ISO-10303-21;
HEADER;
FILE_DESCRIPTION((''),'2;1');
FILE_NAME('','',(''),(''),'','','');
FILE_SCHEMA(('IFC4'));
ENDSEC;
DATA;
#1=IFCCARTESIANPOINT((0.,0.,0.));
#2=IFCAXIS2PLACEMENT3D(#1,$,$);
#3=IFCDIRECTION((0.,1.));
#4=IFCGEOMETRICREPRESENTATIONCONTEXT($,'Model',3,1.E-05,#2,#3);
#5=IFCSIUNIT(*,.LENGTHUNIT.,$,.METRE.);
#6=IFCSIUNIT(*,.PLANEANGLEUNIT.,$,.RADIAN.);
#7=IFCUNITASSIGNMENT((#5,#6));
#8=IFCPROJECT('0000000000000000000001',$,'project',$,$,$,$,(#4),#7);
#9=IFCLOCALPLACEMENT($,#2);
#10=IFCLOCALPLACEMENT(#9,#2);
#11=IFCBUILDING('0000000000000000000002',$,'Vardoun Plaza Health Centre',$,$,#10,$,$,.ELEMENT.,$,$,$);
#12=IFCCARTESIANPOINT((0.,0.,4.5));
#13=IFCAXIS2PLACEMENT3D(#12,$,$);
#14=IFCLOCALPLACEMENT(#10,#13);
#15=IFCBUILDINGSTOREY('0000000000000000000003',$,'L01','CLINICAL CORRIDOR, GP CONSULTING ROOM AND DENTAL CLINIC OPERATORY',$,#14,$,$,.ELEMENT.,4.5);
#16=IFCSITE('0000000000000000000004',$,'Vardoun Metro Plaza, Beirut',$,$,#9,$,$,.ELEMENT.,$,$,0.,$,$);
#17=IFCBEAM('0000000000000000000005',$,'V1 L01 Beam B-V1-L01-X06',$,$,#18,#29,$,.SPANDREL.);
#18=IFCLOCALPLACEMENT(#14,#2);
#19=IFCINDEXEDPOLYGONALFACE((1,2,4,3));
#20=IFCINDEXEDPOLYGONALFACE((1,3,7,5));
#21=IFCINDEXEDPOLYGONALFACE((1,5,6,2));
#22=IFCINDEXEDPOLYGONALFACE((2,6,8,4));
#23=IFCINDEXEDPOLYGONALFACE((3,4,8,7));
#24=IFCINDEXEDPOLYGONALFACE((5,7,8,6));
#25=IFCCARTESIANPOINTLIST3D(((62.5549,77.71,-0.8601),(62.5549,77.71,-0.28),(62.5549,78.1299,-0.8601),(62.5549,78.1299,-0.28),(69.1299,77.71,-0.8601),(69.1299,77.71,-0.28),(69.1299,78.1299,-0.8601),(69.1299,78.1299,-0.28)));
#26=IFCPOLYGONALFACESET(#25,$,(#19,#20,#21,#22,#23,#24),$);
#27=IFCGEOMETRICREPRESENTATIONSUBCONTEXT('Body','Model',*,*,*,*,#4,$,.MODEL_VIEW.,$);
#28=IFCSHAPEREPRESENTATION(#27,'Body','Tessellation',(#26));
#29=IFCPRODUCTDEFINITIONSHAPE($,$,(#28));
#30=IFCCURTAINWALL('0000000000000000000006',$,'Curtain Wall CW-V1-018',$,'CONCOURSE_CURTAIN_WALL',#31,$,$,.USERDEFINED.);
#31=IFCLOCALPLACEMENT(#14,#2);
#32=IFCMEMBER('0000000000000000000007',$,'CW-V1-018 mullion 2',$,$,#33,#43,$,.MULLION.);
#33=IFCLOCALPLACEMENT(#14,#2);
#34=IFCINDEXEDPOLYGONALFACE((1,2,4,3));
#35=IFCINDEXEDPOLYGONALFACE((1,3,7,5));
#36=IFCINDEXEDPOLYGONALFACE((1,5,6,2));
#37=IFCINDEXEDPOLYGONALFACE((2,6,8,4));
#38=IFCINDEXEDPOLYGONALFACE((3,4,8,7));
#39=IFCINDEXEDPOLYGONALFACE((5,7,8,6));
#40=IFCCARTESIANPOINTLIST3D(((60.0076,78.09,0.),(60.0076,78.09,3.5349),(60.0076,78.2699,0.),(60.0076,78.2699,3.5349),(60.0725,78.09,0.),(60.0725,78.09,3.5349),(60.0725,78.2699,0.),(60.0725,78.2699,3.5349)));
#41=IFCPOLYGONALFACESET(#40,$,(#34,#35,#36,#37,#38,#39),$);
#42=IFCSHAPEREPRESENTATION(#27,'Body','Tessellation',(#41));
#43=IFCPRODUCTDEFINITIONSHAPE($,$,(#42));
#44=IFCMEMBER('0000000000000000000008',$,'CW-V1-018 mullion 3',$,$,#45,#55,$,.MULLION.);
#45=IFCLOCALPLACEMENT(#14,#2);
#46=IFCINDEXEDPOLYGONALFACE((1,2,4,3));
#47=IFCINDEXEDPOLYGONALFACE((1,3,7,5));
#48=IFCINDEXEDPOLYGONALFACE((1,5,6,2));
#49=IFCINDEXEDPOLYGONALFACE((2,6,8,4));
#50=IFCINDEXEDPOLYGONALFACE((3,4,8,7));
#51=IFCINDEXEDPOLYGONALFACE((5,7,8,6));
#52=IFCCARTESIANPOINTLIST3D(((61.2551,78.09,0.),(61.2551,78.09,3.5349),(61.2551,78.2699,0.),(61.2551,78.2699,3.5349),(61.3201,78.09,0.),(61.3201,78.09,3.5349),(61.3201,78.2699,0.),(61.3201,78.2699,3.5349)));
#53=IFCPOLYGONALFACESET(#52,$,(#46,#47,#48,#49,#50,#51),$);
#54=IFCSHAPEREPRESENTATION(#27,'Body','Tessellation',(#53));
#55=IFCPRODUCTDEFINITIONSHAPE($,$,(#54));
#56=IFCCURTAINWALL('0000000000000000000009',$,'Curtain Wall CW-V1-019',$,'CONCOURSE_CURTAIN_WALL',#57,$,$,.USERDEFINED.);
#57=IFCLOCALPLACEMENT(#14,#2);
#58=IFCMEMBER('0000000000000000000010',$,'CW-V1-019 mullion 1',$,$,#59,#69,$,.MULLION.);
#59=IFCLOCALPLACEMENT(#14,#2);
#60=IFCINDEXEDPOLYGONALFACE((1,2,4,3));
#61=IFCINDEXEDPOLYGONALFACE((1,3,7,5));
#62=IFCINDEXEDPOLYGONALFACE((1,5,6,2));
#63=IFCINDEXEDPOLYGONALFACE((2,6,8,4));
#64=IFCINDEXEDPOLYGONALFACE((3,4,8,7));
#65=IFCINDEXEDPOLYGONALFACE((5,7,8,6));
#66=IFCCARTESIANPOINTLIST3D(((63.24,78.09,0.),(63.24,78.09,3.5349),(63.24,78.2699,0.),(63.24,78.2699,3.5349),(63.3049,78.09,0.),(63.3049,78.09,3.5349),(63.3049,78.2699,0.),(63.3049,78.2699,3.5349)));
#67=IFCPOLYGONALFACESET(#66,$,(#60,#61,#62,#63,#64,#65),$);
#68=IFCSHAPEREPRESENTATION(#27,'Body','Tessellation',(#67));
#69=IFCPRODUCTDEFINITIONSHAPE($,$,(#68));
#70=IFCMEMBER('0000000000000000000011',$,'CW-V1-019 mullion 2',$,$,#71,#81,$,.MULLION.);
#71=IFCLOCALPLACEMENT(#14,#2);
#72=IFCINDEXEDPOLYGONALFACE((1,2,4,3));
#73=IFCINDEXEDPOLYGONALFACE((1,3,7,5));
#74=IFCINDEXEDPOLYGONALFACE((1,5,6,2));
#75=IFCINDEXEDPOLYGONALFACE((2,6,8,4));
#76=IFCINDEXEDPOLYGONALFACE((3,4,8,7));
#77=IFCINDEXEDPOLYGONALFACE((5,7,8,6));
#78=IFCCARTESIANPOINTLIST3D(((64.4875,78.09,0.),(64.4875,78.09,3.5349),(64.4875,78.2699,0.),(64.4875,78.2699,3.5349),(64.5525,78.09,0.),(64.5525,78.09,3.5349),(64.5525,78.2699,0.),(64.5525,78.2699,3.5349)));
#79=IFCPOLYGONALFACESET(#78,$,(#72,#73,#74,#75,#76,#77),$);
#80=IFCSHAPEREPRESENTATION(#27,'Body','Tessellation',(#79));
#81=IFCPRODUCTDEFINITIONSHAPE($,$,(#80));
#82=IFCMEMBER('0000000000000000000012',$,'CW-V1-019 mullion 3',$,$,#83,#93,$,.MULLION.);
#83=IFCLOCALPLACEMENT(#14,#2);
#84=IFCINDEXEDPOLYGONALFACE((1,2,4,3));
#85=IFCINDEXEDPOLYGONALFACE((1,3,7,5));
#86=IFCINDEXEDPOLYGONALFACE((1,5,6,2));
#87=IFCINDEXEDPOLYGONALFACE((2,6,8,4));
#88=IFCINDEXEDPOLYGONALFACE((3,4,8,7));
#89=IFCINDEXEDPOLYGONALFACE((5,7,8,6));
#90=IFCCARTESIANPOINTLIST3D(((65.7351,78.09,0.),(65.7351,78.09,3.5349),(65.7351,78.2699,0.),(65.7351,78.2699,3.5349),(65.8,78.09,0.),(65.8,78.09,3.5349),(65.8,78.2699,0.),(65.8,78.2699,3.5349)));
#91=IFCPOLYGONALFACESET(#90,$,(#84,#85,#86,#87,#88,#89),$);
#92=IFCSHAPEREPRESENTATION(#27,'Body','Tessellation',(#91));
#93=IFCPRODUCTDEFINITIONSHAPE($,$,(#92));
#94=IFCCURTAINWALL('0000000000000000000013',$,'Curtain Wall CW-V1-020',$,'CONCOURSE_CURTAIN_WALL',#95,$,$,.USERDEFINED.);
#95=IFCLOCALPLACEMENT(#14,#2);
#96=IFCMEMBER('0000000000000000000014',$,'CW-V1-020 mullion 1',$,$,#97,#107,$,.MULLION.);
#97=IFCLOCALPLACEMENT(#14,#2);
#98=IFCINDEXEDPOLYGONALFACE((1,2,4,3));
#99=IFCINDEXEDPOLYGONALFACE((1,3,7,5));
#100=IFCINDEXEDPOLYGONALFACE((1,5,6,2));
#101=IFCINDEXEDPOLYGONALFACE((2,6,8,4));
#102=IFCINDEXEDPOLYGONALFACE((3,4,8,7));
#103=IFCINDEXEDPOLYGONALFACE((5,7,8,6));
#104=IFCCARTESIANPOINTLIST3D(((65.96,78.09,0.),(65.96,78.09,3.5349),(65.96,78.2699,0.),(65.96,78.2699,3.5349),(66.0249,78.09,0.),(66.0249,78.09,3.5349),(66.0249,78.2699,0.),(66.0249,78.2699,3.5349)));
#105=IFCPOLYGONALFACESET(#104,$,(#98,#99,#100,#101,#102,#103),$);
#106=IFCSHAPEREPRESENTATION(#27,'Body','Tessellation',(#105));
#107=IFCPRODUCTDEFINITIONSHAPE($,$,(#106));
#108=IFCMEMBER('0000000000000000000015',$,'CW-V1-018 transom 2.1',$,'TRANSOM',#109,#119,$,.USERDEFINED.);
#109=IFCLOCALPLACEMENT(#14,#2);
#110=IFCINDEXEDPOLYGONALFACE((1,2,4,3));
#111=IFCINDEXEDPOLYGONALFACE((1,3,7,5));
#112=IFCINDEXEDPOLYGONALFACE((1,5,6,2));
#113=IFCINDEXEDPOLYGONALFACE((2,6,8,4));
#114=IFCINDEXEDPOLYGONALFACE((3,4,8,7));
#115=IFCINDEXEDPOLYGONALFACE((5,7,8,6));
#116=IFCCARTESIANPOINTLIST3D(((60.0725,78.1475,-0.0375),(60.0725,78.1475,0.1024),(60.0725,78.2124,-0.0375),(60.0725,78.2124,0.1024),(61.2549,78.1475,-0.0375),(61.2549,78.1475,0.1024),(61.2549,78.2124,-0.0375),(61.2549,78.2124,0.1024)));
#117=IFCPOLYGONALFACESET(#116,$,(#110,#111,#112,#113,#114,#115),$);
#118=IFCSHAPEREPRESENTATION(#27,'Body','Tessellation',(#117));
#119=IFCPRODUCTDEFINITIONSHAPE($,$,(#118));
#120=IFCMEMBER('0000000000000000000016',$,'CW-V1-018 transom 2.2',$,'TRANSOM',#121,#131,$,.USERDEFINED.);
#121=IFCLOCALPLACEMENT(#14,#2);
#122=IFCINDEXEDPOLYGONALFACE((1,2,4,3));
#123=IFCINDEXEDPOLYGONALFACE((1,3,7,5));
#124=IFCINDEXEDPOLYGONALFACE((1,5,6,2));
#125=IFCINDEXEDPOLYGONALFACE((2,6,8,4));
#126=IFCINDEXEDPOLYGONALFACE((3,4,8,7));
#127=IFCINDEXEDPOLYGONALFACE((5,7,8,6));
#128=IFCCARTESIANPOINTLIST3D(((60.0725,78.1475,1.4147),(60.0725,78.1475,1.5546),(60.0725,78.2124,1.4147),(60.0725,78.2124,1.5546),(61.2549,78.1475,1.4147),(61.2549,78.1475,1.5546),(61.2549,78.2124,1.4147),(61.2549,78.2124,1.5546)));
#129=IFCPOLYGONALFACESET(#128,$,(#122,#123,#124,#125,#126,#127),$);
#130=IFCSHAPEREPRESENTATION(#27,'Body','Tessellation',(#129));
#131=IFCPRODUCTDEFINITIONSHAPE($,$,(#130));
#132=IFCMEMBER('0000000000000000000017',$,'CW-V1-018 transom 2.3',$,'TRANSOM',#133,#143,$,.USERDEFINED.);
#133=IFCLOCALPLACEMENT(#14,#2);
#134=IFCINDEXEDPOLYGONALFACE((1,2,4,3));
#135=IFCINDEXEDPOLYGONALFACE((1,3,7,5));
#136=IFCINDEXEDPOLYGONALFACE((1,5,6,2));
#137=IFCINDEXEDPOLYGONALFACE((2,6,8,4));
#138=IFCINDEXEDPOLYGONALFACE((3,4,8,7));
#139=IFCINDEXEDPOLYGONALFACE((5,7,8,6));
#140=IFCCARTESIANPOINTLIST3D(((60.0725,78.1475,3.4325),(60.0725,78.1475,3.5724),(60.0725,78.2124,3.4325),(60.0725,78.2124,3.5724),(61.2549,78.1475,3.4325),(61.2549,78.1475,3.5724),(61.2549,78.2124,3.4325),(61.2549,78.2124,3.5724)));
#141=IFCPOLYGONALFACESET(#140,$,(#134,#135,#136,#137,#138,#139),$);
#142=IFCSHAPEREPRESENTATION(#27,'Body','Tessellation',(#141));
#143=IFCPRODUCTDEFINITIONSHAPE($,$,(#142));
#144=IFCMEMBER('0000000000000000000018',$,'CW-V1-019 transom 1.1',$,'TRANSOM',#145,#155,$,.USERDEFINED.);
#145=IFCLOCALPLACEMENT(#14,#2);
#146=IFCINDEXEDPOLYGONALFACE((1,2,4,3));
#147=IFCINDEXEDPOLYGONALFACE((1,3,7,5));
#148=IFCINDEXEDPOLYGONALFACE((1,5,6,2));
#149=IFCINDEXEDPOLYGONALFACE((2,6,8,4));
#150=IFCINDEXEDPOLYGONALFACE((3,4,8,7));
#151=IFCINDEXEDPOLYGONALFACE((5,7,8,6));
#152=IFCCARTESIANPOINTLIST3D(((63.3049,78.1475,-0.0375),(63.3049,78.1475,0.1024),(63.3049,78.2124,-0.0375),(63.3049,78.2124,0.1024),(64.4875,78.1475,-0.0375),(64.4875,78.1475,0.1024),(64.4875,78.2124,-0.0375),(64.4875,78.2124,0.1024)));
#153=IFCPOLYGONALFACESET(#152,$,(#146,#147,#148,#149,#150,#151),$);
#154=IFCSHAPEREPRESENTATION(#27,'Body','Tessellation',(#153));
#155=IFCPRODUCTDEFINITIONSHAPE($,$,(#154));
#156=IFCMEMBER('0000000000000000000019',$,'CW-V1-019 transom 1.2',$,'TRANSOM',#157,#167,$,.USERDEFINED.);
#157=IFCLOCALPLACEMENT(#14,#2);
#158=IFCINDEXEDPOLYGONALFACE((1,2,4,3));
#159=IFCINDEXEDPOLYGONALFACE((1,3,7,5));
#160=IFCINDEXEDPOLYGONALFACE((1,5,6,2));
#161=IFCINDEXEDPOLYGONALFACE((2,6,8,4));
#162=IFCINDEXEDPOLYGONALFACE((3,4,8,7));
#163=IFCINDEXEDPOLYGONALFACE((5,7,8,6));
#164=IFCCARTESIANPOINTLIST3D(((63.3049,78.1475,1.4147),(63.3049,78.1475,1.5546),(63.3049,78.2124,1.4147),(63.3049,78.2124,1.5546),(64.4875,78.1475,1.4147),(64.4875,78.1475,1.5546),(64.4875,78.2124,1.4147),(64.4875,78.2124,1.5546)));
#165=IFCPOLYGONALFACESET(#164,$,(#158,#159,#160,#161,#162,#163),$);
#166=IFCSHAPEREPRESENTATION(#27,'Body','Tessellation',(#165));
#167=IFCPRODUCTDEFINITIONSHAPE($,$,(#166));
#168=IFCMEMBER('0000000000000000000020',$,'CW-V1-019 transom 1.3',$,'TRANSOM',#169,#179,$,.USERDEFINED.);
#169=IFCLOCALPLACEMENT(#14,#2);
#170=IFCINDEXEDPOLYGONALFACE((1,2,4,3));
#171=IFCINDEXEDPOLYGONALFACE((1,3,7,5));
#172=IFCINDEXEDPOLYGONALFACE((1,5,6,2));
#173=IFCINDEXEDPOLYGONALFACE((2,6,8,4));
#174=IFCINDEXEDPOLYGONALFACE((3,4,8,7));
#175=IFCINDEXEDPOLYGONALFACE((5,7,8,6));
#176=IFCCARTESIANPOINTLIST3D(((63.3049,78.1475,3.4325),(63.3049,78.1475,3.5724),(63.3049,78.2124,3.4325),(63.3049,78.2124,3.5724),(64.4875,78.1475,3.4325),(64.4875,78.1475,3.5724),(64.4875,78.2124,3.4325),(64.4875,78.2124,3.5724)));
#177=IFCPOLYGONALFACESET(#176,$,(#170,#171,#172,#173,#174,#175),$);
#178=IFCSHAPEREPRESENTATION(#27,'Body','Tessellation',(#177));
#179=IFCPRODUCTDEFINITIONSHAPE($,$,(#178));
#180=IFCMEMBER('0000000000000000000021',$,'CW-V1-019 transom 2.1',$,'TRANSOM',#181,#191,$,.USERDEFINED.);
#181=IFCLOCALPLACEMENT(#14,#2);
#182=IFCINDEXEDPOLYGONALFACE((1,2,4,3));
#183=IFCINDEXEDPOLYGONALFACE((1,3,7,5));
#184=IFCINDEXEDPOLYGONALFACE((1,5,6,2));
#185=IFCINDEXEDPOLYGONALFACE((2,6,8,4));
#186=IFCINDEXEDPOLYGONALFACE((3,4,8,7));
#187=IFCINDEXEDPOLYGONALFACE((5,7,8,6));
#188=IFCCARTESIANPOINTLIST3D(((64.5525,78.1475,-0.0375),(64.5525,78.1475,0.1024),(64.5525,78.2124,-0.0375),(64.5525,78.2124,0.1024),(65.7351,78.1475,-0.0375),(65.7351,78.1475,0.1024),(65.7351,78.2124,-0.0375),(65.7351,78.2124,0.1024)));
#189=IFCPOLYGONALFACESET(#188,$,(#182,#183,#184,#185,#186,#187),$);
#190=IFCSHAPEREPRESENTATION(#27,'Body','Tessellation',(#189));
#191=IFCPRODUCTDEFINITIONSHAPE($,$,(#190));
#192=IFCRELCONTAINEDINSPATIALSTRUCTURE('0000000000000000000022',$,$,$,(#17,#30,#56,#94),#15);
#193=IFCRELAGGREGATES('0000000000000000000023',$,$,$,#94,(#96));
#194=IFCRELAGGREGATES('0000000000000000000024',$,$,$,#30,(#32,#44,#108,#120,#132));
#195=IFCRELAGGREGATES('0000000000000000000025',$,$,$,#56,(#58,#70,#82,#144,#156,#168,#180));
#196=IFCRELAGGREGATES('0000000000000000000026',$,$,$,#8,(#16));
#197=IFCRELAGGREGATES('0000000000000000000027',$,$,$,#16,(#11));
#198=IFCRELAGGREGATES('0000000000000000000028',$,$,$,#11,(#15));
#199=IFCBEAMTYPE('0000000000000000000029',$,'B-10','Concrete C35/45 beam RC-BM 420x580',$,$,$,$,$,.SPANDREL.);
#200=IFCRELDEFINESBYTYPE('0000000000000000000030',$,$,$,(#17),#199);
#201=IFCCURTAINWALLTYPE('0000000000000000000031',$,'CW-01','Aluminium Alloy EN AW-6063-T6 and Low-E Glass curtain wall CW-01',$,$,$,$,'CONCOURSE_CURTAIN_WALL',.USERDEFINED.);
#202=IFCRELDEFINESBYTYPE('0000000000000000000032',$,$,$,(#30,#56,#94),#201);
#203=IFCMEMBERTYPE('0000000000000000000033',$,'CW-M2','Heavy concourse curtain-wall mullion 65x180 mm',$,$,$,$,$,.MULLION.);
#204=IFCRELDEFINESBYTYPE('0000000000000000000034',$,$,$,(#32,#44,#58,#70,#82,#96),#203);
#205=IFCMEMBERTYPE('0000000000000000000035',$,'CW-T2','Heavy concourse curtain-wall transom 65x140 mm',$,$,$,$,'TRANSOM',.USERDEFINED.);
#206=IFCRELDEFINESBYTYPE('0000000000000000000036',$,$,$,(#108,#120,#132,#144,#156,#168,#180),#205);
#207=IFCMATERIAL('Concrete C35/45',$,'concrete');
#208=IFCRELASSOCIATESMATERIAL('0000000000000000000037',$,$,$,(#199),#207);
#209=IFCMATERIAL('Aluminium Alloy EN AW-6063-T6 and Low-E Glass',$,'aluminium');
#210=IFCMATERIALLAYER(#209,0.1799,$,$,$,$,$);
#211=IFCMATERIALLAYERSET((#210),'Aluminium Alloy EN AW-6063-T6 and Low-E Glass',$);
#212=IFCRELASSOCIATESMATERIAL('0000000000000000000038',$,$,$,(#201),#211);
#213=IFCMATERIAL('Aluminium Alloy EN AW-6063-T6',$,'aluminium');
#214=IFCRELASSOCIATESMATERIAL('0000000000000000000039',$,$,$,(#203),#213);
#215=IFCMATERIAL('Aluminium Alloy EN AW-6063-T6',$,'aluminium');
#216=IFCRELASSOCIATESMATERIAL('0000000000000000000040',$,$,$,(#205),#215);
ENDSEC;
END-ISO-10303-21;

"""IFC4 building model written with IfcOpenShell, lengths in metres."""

from ifc_helpers import new_model, si_unit, direction, frame, origin, origin_2d, place, context, subcontext, project, spatial, rectangle, extrude, material, layer, layer_set, material_profile, profile_set, type_object, element, aggregate, save


model = new_model("IFC4")

# Units and contexts
model_context = context("Model", 3, precision=1e-05, world=origin(), true_north=direction((0.0, 1.0)))
body_context = subcontext(model_context, "Body", "Model", "MODEL_VIEW")
ifc_project = project(units=[si_unit("LENGTHUNIT", "METRE"), si_unit("PLANEANGLEUNIT", "RADIAN")], contexts=[model_context])

# Site, building, storey
site_placement = place(None, origin())
site = spatial("IfcSite", under=ifc_project, at=site_placement, Name="Vardoun Metro Plaza, Beirut", CompositionType="ELEMENT", RefElevation=0.0)
building_placement = place(site_placement, origin())
building = spatial("IfcBuilding", under=site, at=building_placement, Name="Vardoun Plaza Health Centre", CompositionType="ELEMENT")
storey_placement = place(building_placement, frame((0.0, 0.0, 4.5)))
storey = spatial("IfcBuildingStorey", under=building, at=storey_placement, Name="L01", Description="CLINICAL CORRIDOR, GP CONSULTING ROOM AND DENTAL CLINIC OPERATORY", CompositionType="ELEMENT", Elevation=4.5)

# Beam
ifc_material_1 = material(Name="Concrete C35/45", Category="concrete")
ifc_material_profile_1 = material_profile(ifc_material_1, rectangle(XDim=0.4199, YDim=0.5801, at=origin_2d()), Name="RC-BM 420x580")
ifc_profile_set_1 = profile_set([ifc_material_profile_1], Name="Concrete C35/45")
beam_type = type_object("IfcBeamType", Name="B-10", Description="Concrete C35/45 beam RC-BM 420x580", PredefinedType="SPANDREL", material=ifc_profile_set_1)
beam_placement = place(storey_placement, frame((62.5549, 77.9199, -0.5701), z_axis=(1.0, 0.0, 0.0), x_axis=(0.0, 1.0, 0.0)))
element("IfcBeam", 1, at=beam_placement, inside=storey, type_object=beam_type, Name="V1 L01 Beam B-V1-L01-X06", PredefinedType="SPANDREL", context=body_context, shape_type="SweptSolid", body=[
    extrude(rectangle(XDim=0.4199, YDim=0.5801, at=origin_2d()), origin(), (0.0, 0.0, 1.0), 6.575),
])

# Curtain walls, members
ifc_material_2 = material(Name="Aluminium Alloy EN AW-6063-T6 and Low-E Glass", Category="aluminium")
ifc_layer_1 = layer(ifc_material_2, 0.1799)
ifc_layer_set_1 = layer_set([ifc_layer_1], Name="Aluminium Alloy EN AW-6063-T6 and Low-E Glass")
curtain_wall_type = type_object("IfcCurtainWallType", Name="CW-01", Description="Aluminium Alloy EN AW-6063-T6 and Low-E Glass curtain wall CW-01", ElementType="CONCOURSE_CURTAIN_WALL", PredefinedType="USERDEFINED", material=ifc_layer_set_1)
curtain_wall_1_placement = place(storey_placement, origin())
curtain_wall_1 = element("IfcCurtainWall", 2, at=curtain_wall_1_placement, inside=storey, type_object=curtain_wall_type, Name="Curtain Wall CW-V1-018", ObjectType="CONCOURSE_CURTAIN_WALL", PredefinedType="USERDEFINED")
ifc_material_3 = material(Name="Aluminium Alloy EN AW-6063-T6", Category="aluminium")
ifc_material_profile_2 = material_profile(ifc_material_3, rectangle(XDim=0.1799, YDim=0.0649, at=origin_2d()), Name="CWM 65x180")
ifc_profile_set_2 = profile_set([ifc_material_profile_2], Name="Aluminium Alloy EN AW-6063-T6")
member_type_1 = type_object("IfcMemberType", Name="CW-M2", Description="Heavy concourse curtain-wall mullion 65x180 mm", PredefinedType="MULLION", material=ifc_profile_set_2)
member_1_placement = place(storey_placement, frame((60.04, 78.1799, 0.0), z_axis=(0.0, 0.0, 1.0), x_axis=(0.0, 1.0, 0.0)))
member_1 = element("IfcMember", 3, at=member_1_placement, type_object=member_type_1, Name="CW-V1-018 mullion 2", PredefinedType="MULLION", context=body_context, shape_type="SweptSolid", body=[
    extrude(rectangle(XDim=0.1799, YDim=0.0649, at=origin_2d()), origin(), (0.0, 0.0, 1.0), 3.5349),
])
member_2_placement = place(storey_placement, frame((61.2876, 78.1799, 0.0), z_axis=(0.0, 0.0, 1.0), x_axis=(0.0, 1.0, 0.0)))
member_2 = element("IfcMember", 4, at=member_2_placement, type_object=member_type_1, Name="CW-V1-018 mullion 3", PredefinedType="MULLION", context=body_context, shape_type="SweptSolid", body=[
    extrude(rectangle(XDim=0.1799, YDim=0.0649, at=origin_2d()), origin(), (0.0, 0.0, 1.0), 3.5349),
])
curtain_wall_2_placement = place(storey_placement, origin())
curtain_wall_2 = element("IfcCurtainWall", 5, at=curtain_wall_2_placement, inside=storey, type_object=curtain_wall_type, Name="Curtain Wall CW-V1-019", ObjectType="CONCOURSE_CURTAIN_WALL", PredefinedType="USERDEFINED")
member_3_placement = place(storey_placement, frame((63.2725, 78.1799, 0.0), z_axis=(0.0, 0.0, 1.0), x_axis=(0.0, 1.0, 0.0)))
member_3 = element("IfcMember", 6, at=member_3_placement, type_object=member_type_1, Name="CW-V1-019 mullion 1", PredefinedType="MULLION", context=body_context, shape_type="SweptSolid", body=[
    extrude(rectangle(XDim=0.1799, YDim=0.0649, at=origin_2d()), origin(), (0.0, 0.0, 1.0), 3.5349),
])
member_4_placement = place(storey_placement, frame((64.52, 78.1799, 0.0), z_axis=(0.0, 0.0, 1.0), x_axis=(0.0, 1.0, 0.0)))
member_4 = element("IfcMember", 7, at=member_4_placement, type_object=member_type_1, Name="CW-V1-019 mullion 2", PredefinedType="MULLION", context=body_context, shape_type="SweptSolid", body=[
    extrude(rectangle(XDim=0.1799, YDim=0.0649, at=origin_2d()), origin(), (0.0, 0.0, 1.0), 3.5349),
])
member_5_placement = place(storey_placement, frame((65.7676, 78.1799, 0.0), z_axis=(0.0, 0.0, 1.0), x_axis=(0.0, 1.0, 0.0)))
member_5 = element("IfcMember", 8, at=member_5_placement, type_object=member_type_1, Name="CW-V1-019 mullion 3", PredefinedType="MULLION", context=body_context, shape_type="SweptSolid", body=[
    extrude(rectangle(XDim=0.1799, YDim=0.0649, at=origin_2d()), origin(), (0.0, 0.0, 1.0), 3.5349),
])

# Curtain wall, member
curtain_wall_3_placement = place(storey_placement, origin())
curtain_wall_3 = element("IfcCurtainWall", 9, at=curtain_wall_3_placement, inside=storey, type_object=curtain_wall_type, Name="Curtain Wall CW-V1-020", ObjectType="CONCOURSE_CURTAIN_WALL", PredefinedType="USERDEFINED")
member_6_placement = place(storey_placement, frame((65.9924, 78.1799, 0.0), z_axis=(0.0, 0.0, 1.0), x_axis=(0.0, 1.0, 0.0)))
member_6 = element("IfcMember", 10, at=member_6_placement, type_object=member_type_1, Name="CW-V1-020 mullion 1", PredefinedType="MULLION", context=body_context, shape_type="SweptSolid", body=[
    extrude(rectangle(XDim=0.1799, YDim=0.0649, at=origin_2d()), origin(), (0.0, 0.0, 1.0), 3.5349),
])
aggregate(curtain_wall_3, [member_6])

# Members
ifc_material_4 = material(Name="Aluminium Alloy EN AW-6063-T6", Category="aluminium")
ifc_material_profile_3 = material_profile(ifc_material_4, rectangle(XDim=0.0649, YDim=0.1399, at=origin_2d()), Name="CWT 65x140")
ifc_profile_set_3 = profile_set([ifc_material_profile_3], Name="Aluminium Alloy EN AW-6063-T6")
member_type_2 = type_object("IfcMemberType", Name="CW-T2", Description="Heavy concourse curtain-wall transom 65x140 mm", ElementType="TRANSOM", PredefinedType="USERDEFINED", material=ifc_profile_set_3)
member_7_placement = place(storey_placement, frame((60.0725, 78.1799, 0.0325), z_axis=(1.0, 0.0, 0.0), x_axis=(0.0, 1.0, 0.0)))
member_7 = element("IfcMember", 11, at=member_7_placement, type_object=member_type_2, Name="CW-V1-018 transom 2.1", ObjectType="TRANSOM", PredefinedType="USERDEFINED", context=body_context, shape_type="SweptSolid", body=[
    extrude(rectangle(XDim=0.0649, YDim=0.1399, at=origin_2d()), origin(), (0.0, 0.0, 1.0), 1.1824),
])
member_8_placement = place(storey_placement, frame((60.0725, 78.1799, 1.4846), z_axis=(1.0, 0.0, 0.0), x_axis=(0.0, 1.0, 0.0)))
member_8 = element("IfcMember", 12, at=member_8_placement, type_object=member_type_2, Name="CW-V1-018 transom 2.2", ObjectType="TRANSOM", PredefinedType="USERDEFINED", context=body_context, shape_type="SweptSolid", body=[
    extrude(rectangle(XDim=0.0649, YDim=0.1399, at=origin_2d()), origin(), (0.0, 0.0, 1.0), 1.1824),
])
member_9_placement = place(storey_placement, frame((60.0725, 78.1799, 3.5024), z_axis=(1.0, 0.0, 0.0), x_axis=(0.0, 1.0, 0.0)))
member_9 = element("IfcMember", 13, at=member_9_placement, type_object=member_type_2, Name="CW-V1-018 transom 2.3", ObjectType="TRANSOM", PredefinedType="USERDEFINED", context=body_context, shape_type="SweptSolid", body=[
    extrude(rectangle(XDim=0.0649, YDim=0.1399, at=origin_2d()), origin(), (0.0, 0.0, 1.0), 1.1824),
])
member_10_placement = place(storey_placement, frame((63.3049, 78.1799, 0.0325), z_axis=(1.0, 0.0, 0.0), x_axis=(0.0, 1.0, 0.0)))
member_10 = element("IfcMember", 14, at=member_10_placement, type_object=member_type_2, Name="CW-V1-019 transom 1.1", ObjectType="TRANSOM", PredefinedType="USERDEFINED", context=body_context, shape_type="SweptSolid", body=[
    extrude(rectangle(XDim=0.0649, YDim=0.1399, at=origin_2d()), origin(), (0.0, 0.0, 1.0), 1.1826),
])
member_11_placement = place(storey_placement, frame((63.3049, 78.1799, 1.4846), z_axis=(1.0, 0.0, 0.0), x_axis=(0.0, 1.0, 0.0)))
member_11 = element("IfcMember", 15, at=member_11_placement, type_object=member_type_2, Name="CW-V1-019 transom 1.2", ObjectType="TRANSOM", PredefinedType="USERDEFINED", context=body_context, shape_type="SweptSolid", body=[
    extrude(rectangle(XDim=0.0649, YDim=0.1399, at=origin_2d()), origin(), (0.0, 0.0, 1.0), 1.1826),
])
member_12_placement = place(storey_placement, frame((63.3049, 78.1799, 3.5024), z_axis=(1.0, 0.0, 0.0), x_axis=(0.0, 1.0, 0.0)))
member_12 = element("IfcMember", 16, at=member_12_placement, type_object=member_type_2, Name="CW-V1-019 transom 1.3", ObjectType="TRANSOM", PredefinedType="USERDEFINED", context=body_context, shape_type="SweptSolid", body=[
    extrude(rectangle(XDim=0.0649, YDim=0.1399, at=origin_2d()), origin(), (0.0, 0.0, 1.0), 1.1826),
])
member_13_placement = place(storey_placement, frame((64.5525, 78.1799, 0.0325), z_axis=(1.0, 0.0, 0.0), x_axis=(0.0, 1.0, 0.0)))
member_13 = element("IfcMember", 17, at=member_13_placement, type_object=member_type_2, Name="CW-V1-019 transom 2.1", ObjectType="TRANSOM", PredefinedType="USERDEFINED", context=body_context, shape_type="SweptSolid", body=[
    extrude(rectangle(XDim=0.0649, YDim=0.1399, at=origin_2d()), origin(), (0.0, 0.0, 1.0), 1.1826),
])

aggregate(curtain_wall_1, [member_1, member_2, member_7, member_8, member_9])
aggregate(curtain_wall_2, [member_3, member_4, member_5, member_10, member_11, member_12, member_13])

save(model, "model.ifc")
